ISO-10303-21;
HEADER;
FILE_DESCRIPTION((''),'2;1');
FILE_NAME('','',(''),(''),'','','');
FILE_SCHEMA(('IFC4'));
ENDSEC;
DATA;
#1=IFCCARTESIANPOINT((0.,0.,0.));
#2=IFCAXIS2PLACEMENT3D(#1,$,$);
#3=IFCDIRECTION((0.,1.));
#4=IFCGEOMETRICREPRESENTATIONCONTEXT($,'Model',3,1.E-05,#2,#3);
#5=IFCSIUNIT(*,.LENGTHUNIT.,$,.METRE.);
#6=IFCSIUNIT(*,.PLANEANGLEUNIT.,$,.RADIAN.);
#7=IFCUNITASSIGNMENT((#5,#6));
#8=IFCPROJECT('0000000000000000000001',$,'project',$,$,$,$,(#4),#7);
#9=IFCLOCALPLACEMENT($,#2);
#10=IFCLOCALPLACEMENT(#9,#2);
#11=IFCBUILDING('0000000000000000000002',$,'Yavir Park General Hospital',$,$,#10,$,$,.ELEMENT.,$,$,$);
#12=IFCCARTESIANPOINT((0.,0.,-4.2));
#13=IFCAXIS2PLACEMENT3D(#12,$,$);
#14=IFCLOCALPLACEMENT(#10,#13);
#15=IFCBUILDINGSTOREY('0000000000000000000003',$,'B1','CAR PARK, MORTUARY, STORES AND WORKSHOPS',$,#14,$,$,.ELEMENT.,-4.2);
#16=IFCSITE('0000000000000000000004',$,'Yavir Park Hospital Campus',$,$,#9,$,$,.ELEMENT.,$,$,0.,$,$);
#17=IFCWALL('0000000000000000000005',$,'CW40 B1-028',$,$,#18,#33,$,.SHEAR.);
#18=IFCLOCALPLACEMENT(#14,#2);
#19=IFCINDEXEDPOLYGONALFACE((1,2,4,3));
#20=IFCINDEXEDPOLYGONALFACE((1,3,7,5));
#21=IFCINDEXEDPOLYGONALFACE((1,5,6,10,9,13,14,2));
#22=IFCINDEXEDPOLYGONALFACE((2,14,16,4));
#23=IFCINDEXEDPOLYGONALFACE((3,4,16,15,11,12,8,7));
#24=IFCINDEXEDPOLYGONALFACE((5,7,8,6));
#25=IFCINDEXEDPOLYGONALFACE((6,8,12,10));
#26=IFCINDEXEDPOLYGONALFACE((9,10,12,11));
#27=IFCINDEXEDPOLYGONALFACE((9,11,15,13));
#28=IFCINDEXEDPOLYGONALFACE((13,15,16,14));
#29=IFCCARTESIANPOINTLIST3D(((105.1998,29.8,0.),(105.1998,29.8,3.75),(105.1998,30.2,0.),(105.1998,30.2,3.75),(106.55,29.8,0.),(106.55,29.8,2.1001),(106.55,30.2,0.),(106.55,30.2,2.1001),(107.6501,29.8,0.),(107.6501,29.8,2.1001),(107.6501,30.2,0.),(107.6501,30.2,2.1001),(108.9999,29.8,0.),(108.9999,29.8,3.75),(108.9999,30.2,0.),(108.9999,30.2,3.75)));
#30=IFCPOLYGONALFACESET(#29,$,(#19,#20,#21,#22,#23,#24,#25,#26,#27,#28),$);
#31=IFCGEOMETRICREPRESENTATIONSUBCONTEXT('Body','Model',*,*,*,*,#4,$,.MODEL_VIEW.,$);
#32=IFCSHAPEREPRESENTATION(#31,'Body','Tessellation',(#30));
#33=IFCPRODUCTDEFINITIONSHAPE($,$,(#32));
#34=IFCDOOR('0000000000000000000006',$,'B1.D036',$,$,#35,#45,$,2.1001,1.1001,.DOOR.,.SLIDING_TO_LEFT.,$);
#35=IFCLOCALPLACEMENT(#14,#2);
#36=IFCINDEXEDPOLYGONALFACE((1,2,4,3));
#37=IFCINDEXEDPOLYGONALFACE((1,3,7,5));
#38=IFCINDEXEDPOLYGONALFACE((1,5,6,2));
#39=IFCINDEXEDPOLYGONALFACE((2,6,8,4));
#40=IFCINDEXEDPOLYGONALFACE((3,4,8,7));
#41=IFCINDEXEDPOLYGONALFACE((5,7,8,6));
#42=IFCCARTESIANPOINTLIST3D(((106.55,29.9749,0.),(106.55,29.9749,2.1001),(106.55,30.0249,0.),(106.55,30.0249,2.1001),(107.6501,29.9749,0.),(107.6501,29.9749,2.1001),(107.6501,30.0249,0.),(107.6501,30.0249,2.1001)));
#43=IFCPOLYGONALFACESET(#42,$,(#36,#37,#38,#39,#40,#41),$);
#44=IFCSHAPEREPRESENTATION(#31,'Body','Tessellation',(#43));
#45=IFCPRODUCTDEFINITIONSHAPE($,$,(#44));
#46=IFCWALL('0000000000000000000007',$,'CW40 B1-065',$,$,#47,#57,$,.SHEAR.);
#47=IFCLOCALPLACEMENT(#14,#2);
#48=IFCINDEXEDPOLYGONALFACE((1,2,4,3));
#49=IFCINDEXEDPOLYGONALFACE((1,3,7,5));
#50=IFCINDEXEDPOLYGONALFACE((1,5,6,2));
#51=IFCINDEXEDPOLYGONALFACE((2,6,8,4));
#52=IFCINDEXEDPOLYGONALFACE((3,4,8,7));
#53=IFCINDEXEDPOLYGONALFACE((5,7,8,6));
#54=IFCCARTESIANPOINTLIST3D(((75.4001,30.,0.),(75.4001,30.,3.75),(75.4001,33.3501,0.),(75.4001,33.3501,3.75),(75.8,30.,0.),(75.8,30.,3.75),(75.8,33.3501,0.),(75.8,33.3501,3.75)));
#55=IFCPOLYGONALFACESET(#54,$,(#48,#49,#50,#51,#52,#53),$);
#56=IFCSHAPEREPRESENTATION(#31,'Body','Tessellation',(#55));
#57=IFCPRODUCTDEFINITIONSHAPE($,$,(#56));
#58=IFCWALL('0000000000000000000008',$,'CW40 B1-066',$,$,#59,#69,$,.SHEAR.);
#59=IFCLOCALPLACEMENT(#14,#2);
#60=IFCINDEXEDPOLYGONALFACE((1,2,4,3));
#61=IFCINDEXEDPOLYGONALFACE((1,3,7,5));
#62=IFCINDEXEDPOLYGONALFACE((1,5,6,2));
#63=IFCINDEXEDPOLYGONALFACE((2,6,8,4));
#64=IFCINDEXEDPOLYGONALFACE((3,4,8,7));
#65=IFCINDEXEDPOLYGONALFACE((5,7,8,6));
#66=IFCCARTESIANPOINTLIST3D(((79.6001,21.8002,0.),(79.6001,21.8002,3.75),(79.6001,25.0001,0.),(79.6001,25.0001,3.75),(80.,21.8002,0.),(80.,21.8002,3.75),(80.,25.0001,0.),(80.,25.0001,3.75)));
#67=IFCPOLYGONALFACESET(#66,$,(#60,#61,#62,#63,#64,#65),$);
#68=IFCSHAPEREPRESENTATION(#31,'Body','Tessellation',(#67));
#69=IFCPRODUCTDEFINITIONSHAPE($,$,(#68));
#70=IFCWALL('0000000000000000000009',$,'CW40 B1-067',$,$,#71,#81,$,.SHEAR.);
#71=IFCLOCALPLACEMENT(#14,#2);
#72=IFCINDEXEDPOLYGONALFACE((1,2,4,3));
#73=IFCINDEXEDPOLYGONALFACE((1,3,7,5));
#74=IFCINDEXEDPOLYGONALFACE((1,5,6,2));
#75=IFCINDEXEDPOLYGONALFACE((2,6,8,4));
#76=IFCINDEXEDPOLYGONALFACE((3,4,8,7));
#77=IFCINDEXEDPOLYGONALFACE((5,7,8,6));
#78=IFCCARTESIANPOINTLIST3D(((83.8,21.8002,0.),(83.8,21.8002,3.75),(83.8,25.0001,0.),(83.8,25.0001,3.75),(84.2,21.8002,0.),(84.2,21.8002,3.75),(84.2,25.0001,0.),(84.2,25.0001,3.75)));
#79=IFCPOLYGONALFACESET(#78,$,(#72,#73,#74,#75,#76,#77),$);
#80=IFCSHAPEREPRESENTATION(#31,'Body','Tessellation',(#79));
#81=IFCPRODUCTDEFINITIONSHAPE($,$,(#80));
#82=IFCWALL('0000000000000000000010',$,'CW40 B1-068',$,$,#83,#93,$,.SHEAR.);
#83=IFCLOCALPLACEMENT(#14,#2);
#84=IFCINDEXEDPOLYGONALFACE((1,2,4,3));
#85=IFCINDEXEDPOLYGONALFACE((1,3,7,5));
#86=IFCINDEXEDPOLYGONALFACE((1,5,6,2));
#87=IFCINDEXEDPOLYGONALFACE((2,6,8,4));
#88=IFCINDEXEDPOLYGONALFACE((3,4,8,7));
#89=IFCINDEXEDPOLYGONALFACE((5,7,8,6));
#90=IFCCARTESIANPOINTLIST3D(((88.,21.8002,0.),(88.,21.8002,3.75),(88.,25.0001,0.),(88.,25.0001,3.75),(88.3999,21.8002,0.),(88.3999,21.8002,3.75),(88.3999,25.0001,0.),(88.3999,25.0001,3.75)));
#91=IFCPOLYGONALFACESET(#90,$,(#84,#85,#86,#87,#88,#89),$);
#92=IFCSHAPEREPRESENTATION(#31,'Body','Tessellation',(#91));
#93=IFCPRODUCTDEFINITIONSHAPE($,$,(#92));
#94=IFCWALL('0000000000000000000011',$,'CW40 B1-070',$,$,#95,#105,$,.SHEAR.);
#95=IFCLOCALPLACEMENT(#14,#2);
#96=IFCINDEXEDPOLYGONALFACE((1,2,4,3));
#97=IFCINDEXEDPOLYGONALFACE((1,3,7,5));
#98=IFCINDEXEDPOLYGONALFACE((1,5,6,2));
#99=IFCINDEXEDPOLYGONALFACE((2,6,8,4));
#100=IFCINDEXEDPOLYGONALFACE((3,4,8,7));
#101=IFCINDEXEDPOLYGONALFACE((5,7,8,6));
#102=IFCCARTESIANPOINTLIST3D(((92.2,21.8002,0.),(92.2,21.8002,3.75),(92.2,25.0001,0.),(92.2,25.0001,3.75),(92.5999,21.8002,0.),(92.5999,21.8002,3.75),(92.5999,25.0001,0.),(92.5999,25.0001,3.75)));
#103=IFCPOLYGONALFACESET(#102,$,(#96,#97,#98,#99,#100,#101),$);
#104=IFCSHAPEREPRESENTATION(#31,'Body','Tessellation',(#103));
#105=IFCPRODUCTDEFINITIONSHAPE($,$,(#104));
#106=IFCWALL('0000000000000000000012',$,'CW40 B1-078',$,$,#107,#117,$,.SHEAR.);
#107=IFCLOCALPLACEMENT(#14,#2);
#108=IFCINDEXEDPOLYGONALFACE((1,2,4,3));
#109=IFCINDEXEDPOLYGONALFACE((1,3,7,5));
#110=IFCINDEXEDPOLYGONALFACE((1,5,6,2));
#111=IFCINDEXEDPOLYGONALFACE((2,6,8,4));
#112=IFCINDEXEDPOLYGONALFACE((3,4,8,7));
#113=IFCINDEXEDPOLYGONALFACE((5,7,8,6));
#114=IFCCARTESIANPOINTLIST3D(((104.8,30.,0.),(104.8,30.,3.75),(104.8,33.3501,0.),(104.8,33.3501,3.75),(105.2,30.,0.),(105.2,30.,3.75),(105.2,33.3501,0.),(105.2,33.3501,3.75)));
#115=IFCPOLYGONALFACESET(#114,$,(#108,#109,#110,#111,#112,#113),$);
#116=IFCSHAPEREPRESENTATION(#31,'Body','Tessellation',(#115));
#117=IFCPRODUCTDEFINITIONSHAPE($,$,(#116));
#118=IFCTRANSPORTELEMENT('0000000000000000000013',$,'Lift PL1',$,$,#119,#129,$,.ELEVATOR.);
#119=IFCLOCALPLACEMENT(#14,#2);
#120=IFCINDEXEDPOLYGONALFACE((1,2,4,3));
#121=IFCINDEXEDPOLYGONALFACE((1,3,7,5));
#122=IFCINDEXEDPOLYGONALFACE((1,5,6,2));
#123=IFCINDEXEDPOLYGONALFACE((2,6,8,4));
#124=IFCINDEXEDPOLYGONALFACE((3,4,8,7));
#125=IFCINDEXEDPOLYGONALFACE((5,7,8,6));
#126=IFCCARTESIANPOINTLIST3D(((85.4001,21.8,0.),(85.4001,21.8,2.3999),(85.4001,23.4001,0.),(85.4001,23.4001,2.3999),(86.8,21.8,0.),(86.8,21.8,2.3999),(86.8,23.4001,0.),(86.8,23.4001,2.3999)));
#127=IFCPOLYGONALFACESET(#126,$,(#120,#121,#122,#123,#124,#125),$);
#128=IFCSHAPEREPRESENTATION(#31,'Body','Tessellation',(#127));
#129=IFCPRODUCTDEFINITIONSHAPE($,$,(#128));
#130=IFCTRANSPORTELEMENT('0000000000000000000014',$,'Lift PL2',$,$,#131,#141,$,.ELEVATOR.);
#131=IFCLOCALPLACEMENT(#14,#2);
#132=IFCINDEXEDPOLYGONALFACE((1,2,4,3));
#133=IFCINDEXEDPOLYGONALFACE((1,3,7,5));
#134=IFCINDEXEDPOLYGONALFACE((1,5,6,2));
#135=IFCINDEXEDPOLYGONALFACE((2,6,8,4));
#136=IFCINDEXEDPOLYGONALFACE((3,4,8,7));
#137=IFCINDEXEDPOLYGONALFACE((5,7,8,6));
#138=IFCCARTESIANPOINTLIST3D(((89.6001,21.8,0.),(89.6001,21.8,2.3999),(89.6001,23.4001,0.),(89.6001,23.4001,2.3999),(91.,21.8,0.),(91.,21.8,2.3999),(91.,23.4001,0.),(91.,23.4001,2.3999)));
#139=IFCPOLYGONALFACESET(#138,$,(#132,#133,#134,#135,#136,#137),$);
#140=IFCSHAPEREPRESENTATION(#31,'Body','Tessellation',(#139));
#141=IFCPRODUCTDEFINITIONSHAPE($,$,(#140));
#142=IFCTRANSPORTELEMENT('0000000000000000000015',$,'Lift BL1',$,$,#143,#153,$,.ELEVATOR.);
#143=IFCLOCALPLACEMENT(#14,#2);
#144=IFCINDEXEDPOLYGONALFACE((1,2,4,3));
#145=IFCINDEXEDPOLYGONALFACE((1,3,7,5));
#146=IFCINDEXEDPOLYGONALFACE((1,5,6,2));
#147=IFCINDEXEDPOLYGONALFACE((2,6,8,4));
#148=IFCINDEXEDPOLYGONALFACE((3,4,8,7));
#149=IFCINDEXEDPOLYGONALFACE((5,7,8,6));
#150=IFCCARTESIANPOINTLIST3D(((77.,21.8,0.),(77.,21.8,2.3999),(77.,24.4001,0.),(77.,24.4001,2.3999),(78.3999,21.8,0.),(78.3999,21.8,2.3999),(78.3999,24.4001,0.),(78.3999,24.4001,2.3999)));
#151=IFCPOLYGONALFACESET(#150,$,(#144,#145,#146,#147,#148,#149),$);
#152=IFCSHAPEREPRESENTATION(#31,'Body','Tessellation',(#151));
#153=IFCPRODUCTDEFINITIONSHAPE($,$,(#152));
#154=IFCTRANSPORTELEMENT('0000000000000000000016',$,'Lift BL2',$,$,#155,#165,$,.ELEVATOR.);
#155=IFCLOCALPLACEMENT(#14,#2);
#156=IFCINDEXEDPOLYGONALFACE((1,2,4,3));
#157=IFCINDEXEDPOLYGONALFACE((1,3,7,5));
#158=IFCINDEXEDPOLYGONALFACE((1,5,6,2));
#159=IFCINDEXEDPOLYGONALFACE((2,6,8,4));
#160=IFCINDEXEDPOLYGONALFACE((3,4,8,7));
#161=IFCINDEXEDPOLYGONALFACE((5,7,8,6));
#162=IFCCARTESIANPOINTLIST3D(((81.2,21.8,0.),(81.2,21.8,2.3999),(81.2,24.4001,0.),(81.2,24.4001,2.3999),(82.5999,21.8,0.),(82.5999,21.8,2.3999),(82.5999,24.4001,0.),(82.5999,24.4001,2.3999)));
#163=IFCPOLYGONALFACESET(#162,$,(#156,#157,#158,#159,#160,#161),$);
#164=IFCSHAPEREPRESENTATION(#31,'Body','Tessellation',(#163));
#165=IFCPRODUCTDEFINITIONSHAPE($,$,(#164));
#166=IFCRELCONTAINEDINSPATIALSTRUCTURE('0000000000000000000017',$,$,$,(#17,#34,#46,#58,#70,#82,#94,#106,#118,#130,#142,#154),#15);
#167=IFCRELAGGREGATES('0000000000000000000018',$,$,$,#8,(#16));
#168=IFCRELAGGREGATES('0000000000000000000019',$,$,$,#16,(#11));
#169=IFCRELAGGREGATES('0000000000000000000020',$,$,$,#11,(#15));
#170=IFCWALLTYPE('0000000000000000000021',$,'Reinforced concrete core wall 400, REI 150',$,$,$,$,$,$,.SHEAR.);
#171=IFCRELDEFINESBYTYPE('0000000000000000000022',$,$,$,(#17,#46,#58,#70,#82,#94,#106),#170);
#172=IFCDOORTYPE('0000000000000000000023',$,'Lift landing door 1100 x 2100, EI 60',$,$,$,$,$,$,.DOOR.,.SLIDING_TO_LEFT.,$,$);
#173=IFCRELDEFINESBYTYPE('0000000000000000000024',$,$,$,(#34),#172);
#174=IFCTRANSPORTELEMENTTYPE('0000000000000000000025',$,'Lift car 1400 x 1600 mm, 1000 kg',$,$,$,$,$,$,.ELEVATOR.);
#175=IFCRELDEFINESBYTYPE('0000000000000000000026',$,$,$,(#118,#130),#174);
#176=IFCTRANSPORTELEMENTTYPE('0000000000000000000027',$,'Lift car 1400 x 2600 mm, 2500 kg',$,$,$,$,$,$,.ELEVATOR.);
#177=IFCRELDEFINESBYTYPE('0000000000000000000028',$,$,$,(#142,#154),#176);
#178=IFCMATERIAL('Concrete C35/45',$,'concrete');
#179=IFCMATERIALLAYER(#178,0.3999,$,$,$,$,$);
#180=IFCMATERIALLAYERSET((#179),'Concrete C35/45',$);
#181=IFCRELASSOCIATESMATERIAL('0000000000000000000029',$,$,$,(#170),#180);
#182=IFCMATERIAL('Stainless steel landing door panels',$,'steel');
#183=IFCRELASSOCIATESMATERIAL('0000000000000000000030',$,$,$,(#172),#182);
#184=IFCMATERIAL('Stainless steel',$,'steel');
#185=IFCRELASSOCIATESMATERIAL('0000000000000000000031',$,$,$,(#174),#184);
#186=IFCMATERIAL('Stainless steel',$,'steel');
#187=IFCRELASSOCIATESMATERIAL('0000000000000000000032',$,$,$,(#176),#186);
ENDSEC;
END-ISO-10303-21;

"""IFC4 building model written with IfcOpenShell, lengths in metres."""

from ifc_helpers import new_model, si_unit, direction, frame, frame_2d, origin, origin_2d, place, context, subcontext, project, spatial, rectangle, extrude, material, layer, layer_set, type_object, element, fill, save


model = new_model("IFC4")

# Units and contexts
model_context = context("Model", 3, precision=1e-05, world=origin(), true_north=direction((0.0, 1.0)))
body_context = subcontext(model_context, "Body", "Model", "MODEL_VIEW")
ifc_project = project(units=[si_unit("LENGTHUNIT", "METRE"), si_unit("PLANEANGLEUNIT", "RADIAN")], contexts=[model_context])

# Site, building, storey
site_placement = place(None, origin())
site = spatial("IfcSite", under=ifc_project, at=site_placement, Name="Yavir Park Hospital Campus", CompositionType="ELEMENT", RefElevation=0.0)
building_placement = place(site_placement, origin())
building = spatial("IfcBuilding", under=site, at=building_placement, Name="Yavir Park General Hospital", CompositionType="ELEMENT")
storey_placement = place(building_placement, frame((0.0, 0.0, -4.2)))
storey = spatial("IfcBuildingStorey", under=building, at=storey_placement, Name="B1", Description="CAR PARK, MORTUARY, STORES AND WORKSHOPS", CompositionType="ELEMENT", Elevation=-4.2)

# Wall, opening, door
ifc_material_1 = material(Name="Concrete C35/45", Category="concrete")
ifc_layer_1 = layer(ifc_material_1, 0.3999)
ifc_layer_set_1 = layer_set([ifc_layer_1], Name="Concrete C35/45")
wall_type_1 = type_object("IfcWallType", Name="Reinforced concrete core wall 400, REI 150", PredefinedType="SHEAR", material=ifc_layer_set_1)
wall_1_placement = place(storey_placement, frame((105.2, 30.0, 0.0), z_axis=(0.0, 0.0, 1.0), x_axis=(1.0, 0.0, 0.0)))
wall_1 = element("IfcWall", 1, at=wall_1_placement, inside=storey, type_object=wall_type_1, Name="CW40 B1-028", PredefinedType="SHEAR", context=body_context, shape_type="SweptSolid", body=[
    extrude(rectangle(XDim=3.8, YDim=0.3999, at=frame_2d((1.8999, 0.0))), origin(), (0.0, 0.0, 1.0), 3.75),
])
opening_1_placement = place(wall_1_placement, frame((1.3501, 0.0, 0.0)))
opening_1 = element("IfcOpeningElement", 2, at=opening_1_placement, cuts=wall_1, PredefinedType="OPENING", context=body_context, shape_type="SweptSolid", body=[
    extrude(rectangle(XDim=1.1001, YDim=2.1001, at=frame_2d((0.55, 1.05))), frame((0.0, 0.21, 0.0), z_axis=(0.0, -1.0, 0.0), x_axis=(1.0, 0.0, 0.0)), (0.0, 0.0, 1.0), 0.4199),
])
ifc_material_2 = material(Name="Stainless steel landing door panels", Category="steel")
door_type_1 = type_object("IfcDoorType", Name="Lift landing door 1100 x 2100, EI 60", OperationType="SLIDING_TO_LEFT", PredefinedType="DOOR", material=ifc_material_2)
door_1_placement = place(opening_1_placement, origin())
door_1 = element("IfcDoor", 3, at=door_1_placement, inside=storey, type_object=door_type_1, Name="B1.D036", OperationType="SLIDING_TO_LEFT", OverallHeight=2.1001, OverallWidth=1.1001, PredefinedType="DOOR", context=body_context, shape_type="SweptSolid", body=[
    extrude(rectangle(XDim=1.1001, YDim=2.1001, at=frame_2d((0.55, 1.05))), frame((0.0, 0.0249, 0.0), z_axis=(0.0, -1.0, 0.0), x_axis=(1.0, 0.0, 0.0)), (0.0, 0.0, 1.0), 0.05),
])
fill(opening_1, door_1)

# Walls
wall_2_placement = place(storey_placement, frame((75.6001, 30.0, 0.0), z_axis=(0.0, 0.0, 1.0), x_axis=(0.0, 1.0, 0.0)))
element("IfcWall", 4, at=wall_2_placement, inside=storey, type_object=wall_type_1, Name="CW40 B1-065", PredefinedType="SHEAR", context=body_context, shape_type="SweptSolid", body=[
    extrude(rectangle(XDim=3.3501, YDim=0.3999, at=frame_2d((1.675, 0.0))), origin(), (0.0, 0.0, 1.0), 3.75),
])
for number, where, z_axis, x_axis, name in (
    (5, (79.8, 21.8, 0.0), (0.0, 0.0, 1.0), (0.0, 1.0, 0.0), "CW40 B1-066"),
    (6, (84.0, 21.8, 0.0), (0.0, 0.0, 1.0), (0.0, 1.0, 0.0), "CW40 B1-067"),
    (7, (88.2, 21.8, 0.0), (0.0, 0.0, 1.0), (0.0, 1.0, 0.0), "CW40 B1-068"),
    (8, (92.3999, 21.8, 0.0), (0.0, 0.0, 1.0), (0.0, 1.0, 0.0), "CW40 B1-070"),
):
    element("IfcWall", number, at=place(storey_placement, frame(where, z_axis=z_axis, x_axis=x_axis)), inside=storey, type_object=wall_type_1, Name=name, PredefinedType="SHEAR", context=body_context, shape_type="SweptSolid", body=[
        extrude(rectangle(XDim=3.2, YDim=0.3999, at=frame_2d((1.6001, 0.0))), origin(), (0.0, 0.0, 1.0), 3.75),
    ])
wall_3_placement = place(storey_placement, frame((105.0, 30.0, 0.0), z_axis=(0.0, 0.0, 1.0), x_axis=(0.0, 1.0, 0.0)))
element("IfcWall", 9, at=wall_3_placement, inside=storey, type_object=wall_type_1, Name="CW40 B1-078", PredefinedType="SHEAR", context=body_context, shape_type="SweptSolid", body=[
    extrude(rectangle(XDim=3.3501, YDim=0.3999, at=frame_2d((1.675, 0.0))), origin(), (0.0, 0.0, 1.0), 3.75),
])

# Transport elements
ifc_material_3 = material(Name="Stainless steel", Category="steel")
transport_element_type_1 = type_object("IfcTransportElementType", Name="Lift car 1400 x 1600 mm, 1000 kg", PredefinedType="ELEVATOR", material=ifc_material_3)
for number, where, z_axis, x_axis, name in (
    (10, (86.1001, 22.6001, 0.0), (0.0, 0.0, 1.0), (1.0, 0.0, 0.0), "Lift PL1"),
    (11, (90.3, 22.6001, 0.0), (0.0, 0.0, 1.0), (1.0, 0.0, 0.0), "Lift PL2"),
):
    element("IfcTransportElement", number, at=place(storey_placement, frame(where, z_axis=z_axis, x_axis=x_axis)), inside=storey, type_object=transport_element_type_1, Name=name, PredefinedType="ELEVATOR", context=body_context, shape_type="SweptSolid", body=[
        extrude(rectangle(XDim=1.3999, YDim=1.6001, at=origin_2d()), origin(), (0.0, 0.0, 1.0), 2.3999),
    ])
ifc_material_4 = material(Name="Stainless steel", Category="steel")
transport_element_type_2 = type_object("IfcTransportElementType", Name="Lift car 1400 x 2600 mm, 2500 kg", PredefinedType="ELEVATOR", material=ifc_material_4)
for number, where, z_axis, x_axis, name in (
    (12, (77.7, 23.1001, 0.0), (0.0, 0.0, 1.0), (1.0, 0.0, 0.0), "Lift BL1"),
    (13, (81.8999, 23.1001, 0.0), (0.0, 0.0, 1.0), (1.0, 0.0, 0.0), "Lift BL2"),
):
    element("IfcTransportElement", number, at=place(storey_placement, frame(where, z_axis=z_axis, x_axis=x_axis)), inside=storey, type_object=transport_element_type_2, Name=name, PredefinedType="ELEVATOR", context=body_context, shape_type="SweptSolid", body=[
        extrude(rectangle(XDim=1.3999, YDim=2.6001, at=origin_2d()), origin(), (0.0, 0.0, 1.0), 2.3999),
    ])

save(model, "model.ifc")
